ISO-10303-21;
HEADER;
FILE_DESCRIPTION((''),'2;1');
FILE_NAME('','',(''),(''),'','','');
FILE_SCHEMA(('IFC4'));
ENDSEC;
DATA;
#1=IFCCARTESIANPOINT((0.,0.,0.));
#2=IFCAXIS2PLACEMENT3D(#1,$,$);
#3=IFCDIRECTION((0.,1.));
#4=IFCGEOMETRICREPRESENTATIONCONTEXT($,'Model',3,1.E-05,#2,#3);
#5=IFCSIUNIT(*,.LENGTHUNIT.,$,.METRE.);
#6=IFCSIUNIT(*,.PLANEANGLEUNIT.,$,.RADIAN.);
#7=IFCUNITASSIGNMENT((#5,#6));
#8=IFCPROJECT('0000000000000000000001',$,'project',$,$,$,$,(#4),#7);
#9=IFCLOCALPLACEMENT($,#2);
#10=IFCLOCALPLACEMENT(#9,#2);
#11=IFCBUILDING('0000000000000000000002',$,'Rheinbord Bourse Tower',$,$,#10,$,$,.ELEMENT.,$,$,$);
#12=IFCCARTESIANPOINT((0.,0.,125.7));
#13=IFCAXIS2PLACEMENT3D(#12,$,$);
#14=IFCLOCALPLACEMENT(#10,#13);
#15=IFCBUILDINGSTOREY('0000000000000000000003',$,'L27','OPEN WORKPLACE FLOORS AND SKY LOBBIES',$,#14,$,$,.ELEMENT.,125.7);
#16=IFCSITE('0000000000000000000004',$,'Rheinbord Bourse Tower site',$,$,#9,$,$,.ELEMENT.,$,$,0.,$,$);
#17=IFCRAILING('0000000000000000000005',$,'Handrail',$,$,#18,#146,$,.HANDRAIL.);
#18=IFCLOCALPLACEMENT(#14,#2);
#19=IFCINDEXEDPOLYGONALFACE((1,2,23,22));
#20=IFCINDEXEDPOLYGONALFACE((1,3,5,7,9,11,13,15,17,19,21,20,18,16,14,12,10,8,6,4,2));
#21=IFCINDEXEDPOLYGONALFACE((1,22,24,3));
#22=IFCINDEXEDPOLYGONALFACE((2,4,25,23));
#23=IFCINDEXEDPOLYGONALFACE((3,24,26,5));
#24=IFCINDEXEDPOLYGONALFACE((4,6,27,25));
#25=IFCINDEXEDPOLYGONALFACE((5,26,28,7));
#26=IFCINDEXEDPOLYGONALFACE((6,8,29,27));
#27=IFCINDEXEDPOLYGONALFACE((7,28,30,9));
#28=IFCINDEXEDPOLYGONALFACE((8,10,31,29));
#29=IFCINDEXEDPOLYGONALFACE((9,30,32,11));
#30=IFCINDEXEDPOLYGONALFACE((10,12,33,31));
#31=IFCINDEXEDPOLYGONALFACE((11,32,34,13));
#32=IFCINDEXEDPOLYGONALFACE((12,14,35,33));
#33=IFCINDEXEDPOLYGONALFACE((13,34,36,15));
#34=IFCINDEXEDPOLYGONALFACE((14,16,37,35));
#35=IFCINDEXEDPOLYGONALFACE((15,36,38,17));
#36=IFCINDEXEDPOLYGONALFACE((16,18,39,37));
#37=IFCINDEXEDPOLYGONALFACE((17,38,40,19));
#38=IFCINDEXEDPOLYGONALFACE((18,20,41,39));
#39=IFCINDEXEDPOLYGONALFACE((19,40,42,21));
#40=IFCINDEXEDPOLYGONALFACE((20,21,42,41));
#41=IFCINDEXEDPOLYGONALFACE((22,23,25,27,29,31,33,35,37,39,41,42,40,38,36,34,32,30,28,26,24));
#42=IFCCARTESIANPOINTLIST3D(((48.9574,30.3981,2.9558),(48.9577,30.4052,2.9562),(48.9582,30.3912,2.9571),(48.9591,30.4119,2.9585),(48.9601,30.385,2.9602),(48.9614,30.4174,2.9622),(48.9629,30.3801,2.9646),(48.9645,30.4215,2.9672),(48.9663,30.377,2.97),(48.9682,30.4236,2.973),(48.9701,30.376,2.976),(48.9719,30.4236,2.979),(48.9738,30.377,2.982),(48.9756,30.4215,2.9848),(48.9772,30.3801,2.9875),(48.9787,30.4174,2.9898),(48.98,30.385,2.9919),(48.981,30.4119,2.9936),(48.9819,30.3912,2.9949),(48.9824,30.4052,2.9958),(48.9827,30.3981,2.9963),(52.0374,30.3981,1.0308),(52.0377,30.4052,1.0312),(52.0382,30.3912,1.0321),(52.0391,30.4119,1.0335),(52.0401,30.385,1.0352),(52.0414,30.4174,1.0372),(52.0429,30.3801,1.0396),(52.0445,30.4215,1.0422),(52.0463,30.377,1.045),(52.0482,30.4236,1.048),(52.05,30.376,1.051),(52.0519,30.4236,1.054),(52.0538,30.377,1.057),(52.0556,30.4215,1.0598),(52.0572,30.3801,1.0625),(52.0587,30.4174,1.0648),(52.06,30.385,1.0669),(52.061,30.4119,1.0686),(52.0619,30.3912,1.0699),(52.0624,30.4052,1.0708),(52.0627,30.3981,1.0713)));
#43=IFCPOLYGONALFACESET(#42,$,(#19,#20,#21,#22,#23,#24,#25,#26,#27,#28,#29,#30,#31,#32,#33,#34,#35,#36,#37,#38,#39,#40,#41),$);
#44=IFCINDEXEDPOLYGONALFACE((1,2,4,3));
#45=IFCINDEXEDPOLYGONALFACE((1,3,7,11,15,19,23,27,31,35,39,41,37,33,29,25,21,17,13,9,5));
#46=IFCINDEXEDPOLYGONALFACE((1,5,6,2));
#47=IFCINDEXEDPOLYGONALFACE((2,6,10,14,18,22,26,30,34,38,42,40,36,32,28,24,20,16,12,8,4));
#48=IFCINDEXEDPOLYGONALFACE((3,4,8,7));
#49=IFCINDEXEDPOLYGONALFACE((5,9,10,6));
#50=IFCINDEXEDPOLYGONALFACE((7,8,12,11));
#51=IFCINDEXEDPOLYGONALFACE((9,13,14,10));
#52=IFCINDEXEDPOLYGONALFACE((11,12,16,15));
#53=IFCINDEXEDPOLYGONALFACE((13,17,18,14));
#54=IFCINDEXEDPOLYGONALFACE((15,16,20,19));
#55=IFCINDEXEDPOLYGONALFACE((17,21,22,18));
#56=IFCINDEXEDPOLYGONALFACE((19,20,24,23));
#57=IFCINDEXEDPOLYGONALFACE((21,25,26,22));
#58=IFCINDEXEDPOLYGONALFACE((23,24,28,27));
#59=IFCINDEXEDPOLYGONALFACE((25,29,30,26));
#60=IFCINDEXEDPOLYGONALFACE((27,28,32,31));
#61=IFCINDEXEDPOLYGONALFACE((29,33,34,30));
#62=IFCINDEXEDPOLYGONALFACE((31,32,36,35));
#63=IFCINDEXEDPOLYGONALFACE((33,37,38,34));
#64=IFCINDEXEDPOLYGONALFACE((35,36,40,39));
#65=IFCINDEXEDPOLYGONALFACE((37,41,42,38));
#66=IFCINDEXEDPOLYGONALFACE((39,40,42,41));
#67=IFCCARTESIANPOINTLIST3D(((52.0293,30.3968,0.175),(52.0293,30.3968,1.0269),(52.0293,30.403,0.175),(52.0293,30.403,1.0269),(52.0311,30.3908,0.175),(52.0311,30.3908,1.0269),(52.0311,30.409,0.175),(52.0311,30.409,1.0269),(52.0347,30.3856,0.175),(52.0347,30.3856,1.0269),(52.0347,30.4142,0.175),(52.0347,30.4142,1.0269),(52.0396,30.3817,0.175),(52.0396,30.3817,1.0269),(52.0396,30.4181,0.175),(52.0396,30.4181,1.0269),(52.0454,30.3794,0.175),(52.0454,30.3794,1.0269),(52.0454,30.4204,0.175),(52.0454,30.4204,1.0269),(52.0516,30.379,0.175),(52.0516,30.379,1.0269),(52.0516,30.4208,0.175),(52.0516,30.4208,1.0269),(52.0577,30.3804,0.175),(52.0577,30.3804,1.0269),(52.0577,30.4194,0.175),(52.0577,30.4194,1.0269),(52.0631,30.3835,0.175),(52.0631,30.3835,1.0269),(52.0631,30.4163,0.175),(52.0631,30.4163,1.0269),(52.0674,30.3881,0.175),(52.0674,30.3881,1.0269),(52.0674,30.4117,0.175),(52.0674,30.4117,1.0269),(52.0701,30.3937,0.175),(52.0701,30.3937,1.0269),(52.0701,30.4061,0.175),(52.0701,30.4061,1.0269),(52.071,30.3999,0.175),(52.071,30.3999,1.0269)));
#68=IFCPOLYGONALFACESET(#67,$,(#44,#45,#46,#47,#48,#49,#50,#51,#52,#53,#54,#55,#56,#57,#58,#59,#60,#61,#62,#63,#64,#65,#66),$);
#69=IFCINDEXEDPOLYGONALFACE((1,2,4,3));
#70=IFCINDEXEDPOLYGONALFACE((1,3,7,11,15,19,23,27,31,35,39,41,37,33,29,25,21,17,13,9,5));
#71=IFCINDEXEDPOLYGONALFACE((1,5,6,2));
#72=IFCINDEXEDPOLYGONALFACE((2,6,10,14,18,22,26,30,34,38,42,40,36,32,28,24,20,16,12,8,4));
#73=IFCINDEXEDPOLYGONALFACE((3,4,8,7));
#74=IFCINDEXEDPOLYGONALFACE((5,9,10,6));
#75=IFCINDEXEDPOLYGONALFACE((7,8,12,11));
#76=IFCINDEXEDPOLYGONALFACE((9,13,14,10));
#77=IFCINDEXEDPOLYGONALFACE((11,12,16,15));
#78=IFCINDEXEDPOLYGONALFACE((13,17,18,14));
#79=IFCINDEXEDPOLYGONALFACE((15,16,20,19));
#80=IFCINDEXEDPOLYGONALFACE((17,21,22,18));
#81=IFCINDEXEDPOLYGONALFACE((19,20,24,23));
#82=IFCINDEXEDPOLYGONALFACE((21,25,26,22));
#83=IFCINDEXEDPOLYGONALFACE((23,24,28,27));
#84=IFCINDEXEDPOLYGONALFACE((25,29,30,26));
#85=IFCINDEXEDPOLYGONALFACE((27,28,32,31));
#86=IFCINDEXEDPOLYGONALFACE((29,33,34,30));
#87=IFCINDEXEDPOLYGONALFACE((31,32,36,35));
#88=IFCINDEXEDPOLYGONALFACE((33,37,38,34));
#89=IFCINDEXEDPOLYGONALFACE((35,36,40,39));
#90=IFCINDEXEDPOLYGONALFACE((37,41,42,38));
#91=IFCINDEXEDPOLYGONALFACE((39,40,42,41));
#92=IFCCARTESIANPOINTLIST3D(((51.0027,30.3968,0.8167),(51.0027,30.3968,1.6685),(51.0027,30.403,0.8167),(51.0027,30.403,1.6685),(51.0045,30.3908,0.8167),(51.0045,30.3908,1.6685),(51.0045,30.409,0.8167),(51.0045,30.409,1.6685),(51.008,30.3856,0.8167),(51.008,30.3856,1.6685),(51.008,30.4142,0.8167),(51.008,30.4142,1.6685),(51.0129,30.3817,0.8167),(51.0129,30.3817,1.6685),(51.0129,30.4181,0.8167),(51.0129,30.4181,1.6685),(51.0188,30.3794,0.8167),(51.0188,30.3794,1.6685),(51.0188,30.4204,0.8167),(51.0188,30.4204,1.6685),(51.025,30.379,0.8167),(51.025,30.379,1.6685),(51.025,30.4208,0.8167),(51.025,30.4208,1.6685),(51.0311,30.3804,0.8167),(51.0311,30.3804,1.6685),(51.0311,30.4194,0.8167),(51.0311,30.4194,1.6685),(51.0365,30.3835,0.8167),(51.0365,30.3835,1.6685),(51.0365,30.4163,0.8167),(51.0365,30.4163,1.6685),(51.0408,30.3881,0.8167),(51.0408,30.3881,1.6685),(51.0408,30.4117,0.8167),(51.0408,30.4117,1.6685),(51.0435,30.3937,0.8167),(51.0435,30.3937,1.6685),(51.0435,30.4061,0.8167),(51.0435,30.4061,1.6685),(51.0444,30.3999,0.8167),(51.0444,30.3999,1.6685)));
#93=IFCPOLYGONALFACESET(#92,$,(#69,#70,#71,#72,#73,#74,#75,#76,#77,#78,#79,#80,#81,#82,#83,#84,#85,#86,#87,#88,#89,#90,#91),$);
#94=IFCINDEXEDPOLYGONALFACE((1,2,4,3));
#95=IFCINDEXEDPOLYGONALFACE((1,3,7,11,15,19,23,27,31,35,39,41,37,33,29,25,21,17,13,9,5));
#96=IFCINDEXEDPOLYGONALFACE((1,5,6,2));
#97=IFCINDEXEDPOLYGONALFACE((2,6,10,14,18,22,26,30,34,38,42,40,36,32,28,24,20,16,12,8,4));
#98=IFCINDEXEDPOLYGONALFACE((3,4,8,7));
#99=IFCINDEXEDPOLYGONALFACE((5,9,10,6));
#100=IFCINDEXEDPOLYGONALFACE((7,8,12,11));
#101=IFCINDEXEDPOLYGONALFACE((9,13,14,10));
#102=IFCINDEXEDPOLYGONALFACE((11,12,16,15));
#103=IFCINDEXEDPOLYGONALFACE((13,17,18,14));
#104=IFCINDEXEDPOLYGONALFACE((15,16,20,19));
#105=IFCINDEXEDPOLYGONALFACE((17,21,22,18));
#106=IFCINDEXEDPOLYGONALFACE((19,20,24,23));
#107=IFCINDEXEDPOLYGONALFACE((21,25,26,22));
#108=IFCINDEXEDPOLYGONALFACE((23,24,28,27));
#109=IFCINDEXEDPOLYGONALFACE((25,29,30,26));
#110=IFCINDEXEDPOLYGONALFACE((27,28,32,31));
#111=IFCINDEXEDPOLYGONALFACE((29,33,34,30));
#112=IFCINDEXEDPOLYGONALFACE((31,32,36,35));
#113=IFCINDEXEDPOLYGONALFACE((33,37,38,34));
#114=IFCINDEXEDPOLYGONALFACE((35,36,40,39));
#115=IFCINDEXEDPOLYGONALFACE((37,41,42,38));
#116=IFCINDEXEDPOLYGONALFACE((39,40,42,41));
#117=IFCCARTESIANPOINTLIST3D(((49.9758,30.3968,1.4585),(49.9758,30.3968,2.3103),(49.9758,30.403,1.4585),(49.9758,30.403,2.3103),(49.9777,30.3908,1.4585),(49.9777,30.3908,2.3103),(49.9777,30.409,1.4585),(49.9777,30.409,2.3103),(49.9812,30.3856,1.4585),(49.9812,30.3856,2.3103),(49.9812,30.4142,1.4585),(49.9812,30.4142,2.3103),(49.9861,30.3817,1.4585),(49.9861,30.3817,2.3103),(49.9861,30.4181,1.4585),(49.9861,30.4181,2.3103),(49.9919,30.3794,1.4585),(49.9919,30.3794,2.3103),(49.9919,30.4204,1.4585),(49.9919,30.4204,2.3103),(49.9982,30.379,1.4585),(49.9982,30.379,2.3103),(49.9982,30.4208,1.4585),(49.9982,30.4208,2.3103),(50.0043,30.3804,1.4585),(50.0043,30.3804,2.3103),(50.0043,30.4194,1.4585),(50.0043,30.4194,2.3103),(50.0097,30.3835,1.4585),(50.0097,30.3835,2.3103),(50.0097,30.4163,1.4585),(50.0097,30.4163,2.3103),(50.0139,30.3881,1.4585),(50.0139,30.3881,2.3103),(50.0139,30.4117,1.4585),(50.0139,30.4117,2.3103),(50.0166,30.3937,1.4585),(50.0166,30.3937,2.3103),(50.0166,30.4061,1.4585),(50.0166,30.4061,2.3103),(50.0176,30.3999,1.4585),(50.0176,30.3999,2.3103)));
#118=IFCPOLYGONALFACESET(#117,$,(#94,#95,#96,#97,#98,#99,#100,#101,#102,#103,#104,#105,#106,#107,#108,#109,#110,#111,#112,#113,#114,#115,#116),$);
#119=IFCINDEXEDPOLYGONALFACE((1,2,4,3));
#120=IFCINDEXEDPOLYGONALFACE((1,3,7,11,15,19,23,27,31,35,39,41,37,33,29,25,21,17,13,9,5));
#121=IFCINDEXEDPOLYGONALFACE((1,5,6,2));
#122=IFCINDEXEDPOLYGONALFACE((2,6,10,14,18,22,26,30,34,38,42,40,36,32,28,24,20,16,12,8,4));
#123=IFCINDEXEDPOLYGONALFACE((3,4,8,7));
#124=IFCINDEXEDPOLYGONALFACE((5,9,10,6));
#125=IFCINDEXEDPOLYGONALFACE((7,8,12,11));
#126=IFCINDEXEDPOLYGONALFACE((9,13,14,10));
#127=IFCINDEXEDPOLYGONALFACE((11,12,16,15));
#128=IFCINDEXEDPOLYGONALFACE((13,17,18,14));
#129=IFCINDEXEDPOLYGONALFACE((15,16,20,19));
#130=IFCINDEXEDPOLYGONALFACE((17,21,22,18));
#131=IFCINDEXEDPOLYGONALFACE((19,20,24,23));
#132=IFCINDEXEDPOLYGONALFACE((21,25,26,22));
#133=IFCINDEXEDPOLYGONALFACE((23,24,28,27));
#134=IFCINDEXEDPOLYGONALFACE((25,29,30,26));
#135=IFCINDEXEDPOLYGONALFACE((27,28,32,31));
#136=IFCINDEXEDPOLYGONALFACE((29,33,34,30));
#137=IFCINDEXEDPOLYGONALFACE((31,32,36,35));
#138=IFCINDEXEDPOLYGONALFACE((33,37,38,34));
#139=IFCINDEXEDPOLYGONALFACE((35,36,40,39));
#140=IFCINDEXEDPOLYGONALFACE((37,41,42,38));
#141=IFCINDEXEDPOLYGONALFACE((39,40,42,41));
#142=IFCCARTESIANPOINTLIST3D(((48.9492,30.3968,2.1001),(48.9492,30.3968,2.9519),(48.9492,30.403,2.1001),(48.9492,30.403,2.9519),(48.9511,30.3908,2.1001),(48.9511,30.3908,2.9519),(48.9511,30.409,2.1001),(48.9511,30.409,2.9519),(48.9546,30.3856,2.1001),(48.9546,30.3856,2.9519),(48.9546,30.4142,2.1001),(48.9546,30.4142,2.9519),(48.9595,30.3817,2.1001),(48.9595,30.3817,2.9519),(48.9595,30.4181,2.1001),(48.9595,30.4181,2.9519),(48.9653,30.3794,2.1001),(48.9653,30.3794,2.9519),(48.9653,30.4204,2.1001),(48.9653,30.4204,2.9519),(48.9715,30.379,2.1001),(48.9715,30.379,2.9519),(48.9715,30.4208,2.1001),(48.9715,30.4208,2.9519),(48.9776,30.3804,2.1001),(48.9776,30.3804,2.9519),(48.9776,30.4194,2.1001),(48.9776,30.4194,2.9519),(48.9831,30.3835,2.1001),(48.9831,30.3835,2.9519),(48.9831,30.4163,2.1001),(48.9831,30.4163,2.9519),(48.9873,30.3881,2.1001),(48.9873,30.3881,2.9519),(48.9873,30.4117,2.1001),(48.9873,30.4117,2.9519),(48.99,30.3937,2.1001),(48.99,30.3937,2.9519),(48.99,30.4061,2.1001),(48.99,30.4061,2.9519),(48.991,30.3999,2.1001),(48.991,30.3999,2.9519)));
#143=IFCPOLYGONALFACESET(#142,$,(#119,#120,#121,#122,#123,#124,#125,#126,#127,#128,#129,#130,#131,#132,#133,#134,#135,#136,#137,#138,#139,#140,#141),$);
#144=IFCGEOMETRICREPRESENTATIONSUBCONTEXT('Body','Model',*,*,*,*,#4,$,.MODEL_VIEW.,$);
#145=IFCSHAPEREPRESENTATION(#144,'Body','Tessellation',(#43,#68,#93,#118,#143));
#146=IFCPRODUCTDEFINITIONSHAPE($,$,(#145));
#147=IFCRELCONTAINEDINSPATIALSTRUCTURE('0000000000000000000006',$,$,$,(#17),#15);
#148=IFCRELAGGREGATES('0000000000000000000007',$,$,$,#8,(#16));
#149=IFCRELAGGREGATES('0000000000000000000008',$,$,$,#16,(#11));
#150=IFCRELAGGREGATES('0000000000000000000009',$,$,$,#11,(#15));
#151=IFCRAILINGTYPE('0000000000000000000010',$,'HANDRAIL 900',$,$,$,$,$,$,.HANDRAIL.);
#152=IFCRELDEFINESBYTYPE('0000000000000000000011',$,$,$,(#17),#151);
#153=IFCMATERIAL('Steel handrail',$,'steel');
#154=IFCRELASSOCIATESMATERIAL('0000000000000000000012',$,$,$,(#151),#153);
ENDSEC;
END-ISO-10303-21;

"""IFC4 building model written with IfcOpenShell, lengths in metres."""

from ifc_helpers import new_model, si_unit, direction, frame, origin, origin_2d, place, context, subcontext, project, spatial, circle, extrude, material, type_object, element, save


model = new_model("IFC4")

# Units and contexts
model_context = context("Model", 3, precision=1e-05, world=origin(), true_north=direction((0.0, 1.0)))
body_context = subcontext(model_context, "Body", "Model", "MODEL_VIEW")
ifc_project = project(units=[si_unit("LENGTHUNIT", "METRE"), si_unit("PLANEANGLEUNIT", "RADIAN")], contexts=[model_context])

# Site, building, storey
site_placement = place(None, origin())
site = spatial("IfcSite", under=ifc_project, at=site_placement, Name="Rheinbord Bourse Tower site", CompositionType="ELEMENT", RefElevation=0.0)
building_placement = place(site_placement, origin())
building = spatial("IfcBuilding", under=site, at=building_placement, Name="Rheinbord Bourse Tower", CompositionType="ELEMENT")
storey_placement = place(building_placement, frame((0.0, 0.0, 125.7)))
storey = spatial("IfcBuildingStorey", under=building, at=storey_placement, Name="L27", Description="OPEN WORKPLACE FLOORS AND SKY LOBBIES", CompositionType="ELEMENT", Elevation=125.7)

# Railing
ifc_material_1 = material(Name="Steel handrail", Category="steel")
railing_type = type_object("IfcRailingType", Name="HANDRAIL 900", PredefinedType="HANDRAIL", material=ifc_material_1)
railing_1_placement = place(storey_placement, frame((52.05, 30.3999, 0.175)))
element("IfcRailing", 1, at=railing_1_placement, inside=storey, type_object=railing_type, Name="Handrail", PredefinedType="HANDRAIL", context=body_context, shape_type="SweptSolid", body=[
    extrude(circle(Radius=0.0239, at=origin_2d()), frame((0.0, 0.0, 0.876), z_axis=(-0.847998, 0.0, 0.529999), x_axis=(0.0, -1.0, 0.0)), (0.0, 0.0, 1.0), 3.6321),
    extrude(circle(Radius=0.021, at=origin_2d()), origin(), (0.0, 0.0, 1.0), 0.8518),
    extrude(circle(Radius=0.021, at=origin_2d()), frame((-1.0266, 0.0, 0.6416)), (0.0, 0.0, 1.0), 0.8518),
    extrude(circle(Radius=0.021, at=origin_2d()), frame((-2.0535, 0.0, 1.2834)), (0.0, 0.0, 1.0), 0.8518),
    extrude(circle(Radius=0.021, at=origin_2d()), frame((-3.0801, 0.0, 1.925)), (0.0, 0.0, 1.0), 0.8518),
])

save(model, "model.ifc")
